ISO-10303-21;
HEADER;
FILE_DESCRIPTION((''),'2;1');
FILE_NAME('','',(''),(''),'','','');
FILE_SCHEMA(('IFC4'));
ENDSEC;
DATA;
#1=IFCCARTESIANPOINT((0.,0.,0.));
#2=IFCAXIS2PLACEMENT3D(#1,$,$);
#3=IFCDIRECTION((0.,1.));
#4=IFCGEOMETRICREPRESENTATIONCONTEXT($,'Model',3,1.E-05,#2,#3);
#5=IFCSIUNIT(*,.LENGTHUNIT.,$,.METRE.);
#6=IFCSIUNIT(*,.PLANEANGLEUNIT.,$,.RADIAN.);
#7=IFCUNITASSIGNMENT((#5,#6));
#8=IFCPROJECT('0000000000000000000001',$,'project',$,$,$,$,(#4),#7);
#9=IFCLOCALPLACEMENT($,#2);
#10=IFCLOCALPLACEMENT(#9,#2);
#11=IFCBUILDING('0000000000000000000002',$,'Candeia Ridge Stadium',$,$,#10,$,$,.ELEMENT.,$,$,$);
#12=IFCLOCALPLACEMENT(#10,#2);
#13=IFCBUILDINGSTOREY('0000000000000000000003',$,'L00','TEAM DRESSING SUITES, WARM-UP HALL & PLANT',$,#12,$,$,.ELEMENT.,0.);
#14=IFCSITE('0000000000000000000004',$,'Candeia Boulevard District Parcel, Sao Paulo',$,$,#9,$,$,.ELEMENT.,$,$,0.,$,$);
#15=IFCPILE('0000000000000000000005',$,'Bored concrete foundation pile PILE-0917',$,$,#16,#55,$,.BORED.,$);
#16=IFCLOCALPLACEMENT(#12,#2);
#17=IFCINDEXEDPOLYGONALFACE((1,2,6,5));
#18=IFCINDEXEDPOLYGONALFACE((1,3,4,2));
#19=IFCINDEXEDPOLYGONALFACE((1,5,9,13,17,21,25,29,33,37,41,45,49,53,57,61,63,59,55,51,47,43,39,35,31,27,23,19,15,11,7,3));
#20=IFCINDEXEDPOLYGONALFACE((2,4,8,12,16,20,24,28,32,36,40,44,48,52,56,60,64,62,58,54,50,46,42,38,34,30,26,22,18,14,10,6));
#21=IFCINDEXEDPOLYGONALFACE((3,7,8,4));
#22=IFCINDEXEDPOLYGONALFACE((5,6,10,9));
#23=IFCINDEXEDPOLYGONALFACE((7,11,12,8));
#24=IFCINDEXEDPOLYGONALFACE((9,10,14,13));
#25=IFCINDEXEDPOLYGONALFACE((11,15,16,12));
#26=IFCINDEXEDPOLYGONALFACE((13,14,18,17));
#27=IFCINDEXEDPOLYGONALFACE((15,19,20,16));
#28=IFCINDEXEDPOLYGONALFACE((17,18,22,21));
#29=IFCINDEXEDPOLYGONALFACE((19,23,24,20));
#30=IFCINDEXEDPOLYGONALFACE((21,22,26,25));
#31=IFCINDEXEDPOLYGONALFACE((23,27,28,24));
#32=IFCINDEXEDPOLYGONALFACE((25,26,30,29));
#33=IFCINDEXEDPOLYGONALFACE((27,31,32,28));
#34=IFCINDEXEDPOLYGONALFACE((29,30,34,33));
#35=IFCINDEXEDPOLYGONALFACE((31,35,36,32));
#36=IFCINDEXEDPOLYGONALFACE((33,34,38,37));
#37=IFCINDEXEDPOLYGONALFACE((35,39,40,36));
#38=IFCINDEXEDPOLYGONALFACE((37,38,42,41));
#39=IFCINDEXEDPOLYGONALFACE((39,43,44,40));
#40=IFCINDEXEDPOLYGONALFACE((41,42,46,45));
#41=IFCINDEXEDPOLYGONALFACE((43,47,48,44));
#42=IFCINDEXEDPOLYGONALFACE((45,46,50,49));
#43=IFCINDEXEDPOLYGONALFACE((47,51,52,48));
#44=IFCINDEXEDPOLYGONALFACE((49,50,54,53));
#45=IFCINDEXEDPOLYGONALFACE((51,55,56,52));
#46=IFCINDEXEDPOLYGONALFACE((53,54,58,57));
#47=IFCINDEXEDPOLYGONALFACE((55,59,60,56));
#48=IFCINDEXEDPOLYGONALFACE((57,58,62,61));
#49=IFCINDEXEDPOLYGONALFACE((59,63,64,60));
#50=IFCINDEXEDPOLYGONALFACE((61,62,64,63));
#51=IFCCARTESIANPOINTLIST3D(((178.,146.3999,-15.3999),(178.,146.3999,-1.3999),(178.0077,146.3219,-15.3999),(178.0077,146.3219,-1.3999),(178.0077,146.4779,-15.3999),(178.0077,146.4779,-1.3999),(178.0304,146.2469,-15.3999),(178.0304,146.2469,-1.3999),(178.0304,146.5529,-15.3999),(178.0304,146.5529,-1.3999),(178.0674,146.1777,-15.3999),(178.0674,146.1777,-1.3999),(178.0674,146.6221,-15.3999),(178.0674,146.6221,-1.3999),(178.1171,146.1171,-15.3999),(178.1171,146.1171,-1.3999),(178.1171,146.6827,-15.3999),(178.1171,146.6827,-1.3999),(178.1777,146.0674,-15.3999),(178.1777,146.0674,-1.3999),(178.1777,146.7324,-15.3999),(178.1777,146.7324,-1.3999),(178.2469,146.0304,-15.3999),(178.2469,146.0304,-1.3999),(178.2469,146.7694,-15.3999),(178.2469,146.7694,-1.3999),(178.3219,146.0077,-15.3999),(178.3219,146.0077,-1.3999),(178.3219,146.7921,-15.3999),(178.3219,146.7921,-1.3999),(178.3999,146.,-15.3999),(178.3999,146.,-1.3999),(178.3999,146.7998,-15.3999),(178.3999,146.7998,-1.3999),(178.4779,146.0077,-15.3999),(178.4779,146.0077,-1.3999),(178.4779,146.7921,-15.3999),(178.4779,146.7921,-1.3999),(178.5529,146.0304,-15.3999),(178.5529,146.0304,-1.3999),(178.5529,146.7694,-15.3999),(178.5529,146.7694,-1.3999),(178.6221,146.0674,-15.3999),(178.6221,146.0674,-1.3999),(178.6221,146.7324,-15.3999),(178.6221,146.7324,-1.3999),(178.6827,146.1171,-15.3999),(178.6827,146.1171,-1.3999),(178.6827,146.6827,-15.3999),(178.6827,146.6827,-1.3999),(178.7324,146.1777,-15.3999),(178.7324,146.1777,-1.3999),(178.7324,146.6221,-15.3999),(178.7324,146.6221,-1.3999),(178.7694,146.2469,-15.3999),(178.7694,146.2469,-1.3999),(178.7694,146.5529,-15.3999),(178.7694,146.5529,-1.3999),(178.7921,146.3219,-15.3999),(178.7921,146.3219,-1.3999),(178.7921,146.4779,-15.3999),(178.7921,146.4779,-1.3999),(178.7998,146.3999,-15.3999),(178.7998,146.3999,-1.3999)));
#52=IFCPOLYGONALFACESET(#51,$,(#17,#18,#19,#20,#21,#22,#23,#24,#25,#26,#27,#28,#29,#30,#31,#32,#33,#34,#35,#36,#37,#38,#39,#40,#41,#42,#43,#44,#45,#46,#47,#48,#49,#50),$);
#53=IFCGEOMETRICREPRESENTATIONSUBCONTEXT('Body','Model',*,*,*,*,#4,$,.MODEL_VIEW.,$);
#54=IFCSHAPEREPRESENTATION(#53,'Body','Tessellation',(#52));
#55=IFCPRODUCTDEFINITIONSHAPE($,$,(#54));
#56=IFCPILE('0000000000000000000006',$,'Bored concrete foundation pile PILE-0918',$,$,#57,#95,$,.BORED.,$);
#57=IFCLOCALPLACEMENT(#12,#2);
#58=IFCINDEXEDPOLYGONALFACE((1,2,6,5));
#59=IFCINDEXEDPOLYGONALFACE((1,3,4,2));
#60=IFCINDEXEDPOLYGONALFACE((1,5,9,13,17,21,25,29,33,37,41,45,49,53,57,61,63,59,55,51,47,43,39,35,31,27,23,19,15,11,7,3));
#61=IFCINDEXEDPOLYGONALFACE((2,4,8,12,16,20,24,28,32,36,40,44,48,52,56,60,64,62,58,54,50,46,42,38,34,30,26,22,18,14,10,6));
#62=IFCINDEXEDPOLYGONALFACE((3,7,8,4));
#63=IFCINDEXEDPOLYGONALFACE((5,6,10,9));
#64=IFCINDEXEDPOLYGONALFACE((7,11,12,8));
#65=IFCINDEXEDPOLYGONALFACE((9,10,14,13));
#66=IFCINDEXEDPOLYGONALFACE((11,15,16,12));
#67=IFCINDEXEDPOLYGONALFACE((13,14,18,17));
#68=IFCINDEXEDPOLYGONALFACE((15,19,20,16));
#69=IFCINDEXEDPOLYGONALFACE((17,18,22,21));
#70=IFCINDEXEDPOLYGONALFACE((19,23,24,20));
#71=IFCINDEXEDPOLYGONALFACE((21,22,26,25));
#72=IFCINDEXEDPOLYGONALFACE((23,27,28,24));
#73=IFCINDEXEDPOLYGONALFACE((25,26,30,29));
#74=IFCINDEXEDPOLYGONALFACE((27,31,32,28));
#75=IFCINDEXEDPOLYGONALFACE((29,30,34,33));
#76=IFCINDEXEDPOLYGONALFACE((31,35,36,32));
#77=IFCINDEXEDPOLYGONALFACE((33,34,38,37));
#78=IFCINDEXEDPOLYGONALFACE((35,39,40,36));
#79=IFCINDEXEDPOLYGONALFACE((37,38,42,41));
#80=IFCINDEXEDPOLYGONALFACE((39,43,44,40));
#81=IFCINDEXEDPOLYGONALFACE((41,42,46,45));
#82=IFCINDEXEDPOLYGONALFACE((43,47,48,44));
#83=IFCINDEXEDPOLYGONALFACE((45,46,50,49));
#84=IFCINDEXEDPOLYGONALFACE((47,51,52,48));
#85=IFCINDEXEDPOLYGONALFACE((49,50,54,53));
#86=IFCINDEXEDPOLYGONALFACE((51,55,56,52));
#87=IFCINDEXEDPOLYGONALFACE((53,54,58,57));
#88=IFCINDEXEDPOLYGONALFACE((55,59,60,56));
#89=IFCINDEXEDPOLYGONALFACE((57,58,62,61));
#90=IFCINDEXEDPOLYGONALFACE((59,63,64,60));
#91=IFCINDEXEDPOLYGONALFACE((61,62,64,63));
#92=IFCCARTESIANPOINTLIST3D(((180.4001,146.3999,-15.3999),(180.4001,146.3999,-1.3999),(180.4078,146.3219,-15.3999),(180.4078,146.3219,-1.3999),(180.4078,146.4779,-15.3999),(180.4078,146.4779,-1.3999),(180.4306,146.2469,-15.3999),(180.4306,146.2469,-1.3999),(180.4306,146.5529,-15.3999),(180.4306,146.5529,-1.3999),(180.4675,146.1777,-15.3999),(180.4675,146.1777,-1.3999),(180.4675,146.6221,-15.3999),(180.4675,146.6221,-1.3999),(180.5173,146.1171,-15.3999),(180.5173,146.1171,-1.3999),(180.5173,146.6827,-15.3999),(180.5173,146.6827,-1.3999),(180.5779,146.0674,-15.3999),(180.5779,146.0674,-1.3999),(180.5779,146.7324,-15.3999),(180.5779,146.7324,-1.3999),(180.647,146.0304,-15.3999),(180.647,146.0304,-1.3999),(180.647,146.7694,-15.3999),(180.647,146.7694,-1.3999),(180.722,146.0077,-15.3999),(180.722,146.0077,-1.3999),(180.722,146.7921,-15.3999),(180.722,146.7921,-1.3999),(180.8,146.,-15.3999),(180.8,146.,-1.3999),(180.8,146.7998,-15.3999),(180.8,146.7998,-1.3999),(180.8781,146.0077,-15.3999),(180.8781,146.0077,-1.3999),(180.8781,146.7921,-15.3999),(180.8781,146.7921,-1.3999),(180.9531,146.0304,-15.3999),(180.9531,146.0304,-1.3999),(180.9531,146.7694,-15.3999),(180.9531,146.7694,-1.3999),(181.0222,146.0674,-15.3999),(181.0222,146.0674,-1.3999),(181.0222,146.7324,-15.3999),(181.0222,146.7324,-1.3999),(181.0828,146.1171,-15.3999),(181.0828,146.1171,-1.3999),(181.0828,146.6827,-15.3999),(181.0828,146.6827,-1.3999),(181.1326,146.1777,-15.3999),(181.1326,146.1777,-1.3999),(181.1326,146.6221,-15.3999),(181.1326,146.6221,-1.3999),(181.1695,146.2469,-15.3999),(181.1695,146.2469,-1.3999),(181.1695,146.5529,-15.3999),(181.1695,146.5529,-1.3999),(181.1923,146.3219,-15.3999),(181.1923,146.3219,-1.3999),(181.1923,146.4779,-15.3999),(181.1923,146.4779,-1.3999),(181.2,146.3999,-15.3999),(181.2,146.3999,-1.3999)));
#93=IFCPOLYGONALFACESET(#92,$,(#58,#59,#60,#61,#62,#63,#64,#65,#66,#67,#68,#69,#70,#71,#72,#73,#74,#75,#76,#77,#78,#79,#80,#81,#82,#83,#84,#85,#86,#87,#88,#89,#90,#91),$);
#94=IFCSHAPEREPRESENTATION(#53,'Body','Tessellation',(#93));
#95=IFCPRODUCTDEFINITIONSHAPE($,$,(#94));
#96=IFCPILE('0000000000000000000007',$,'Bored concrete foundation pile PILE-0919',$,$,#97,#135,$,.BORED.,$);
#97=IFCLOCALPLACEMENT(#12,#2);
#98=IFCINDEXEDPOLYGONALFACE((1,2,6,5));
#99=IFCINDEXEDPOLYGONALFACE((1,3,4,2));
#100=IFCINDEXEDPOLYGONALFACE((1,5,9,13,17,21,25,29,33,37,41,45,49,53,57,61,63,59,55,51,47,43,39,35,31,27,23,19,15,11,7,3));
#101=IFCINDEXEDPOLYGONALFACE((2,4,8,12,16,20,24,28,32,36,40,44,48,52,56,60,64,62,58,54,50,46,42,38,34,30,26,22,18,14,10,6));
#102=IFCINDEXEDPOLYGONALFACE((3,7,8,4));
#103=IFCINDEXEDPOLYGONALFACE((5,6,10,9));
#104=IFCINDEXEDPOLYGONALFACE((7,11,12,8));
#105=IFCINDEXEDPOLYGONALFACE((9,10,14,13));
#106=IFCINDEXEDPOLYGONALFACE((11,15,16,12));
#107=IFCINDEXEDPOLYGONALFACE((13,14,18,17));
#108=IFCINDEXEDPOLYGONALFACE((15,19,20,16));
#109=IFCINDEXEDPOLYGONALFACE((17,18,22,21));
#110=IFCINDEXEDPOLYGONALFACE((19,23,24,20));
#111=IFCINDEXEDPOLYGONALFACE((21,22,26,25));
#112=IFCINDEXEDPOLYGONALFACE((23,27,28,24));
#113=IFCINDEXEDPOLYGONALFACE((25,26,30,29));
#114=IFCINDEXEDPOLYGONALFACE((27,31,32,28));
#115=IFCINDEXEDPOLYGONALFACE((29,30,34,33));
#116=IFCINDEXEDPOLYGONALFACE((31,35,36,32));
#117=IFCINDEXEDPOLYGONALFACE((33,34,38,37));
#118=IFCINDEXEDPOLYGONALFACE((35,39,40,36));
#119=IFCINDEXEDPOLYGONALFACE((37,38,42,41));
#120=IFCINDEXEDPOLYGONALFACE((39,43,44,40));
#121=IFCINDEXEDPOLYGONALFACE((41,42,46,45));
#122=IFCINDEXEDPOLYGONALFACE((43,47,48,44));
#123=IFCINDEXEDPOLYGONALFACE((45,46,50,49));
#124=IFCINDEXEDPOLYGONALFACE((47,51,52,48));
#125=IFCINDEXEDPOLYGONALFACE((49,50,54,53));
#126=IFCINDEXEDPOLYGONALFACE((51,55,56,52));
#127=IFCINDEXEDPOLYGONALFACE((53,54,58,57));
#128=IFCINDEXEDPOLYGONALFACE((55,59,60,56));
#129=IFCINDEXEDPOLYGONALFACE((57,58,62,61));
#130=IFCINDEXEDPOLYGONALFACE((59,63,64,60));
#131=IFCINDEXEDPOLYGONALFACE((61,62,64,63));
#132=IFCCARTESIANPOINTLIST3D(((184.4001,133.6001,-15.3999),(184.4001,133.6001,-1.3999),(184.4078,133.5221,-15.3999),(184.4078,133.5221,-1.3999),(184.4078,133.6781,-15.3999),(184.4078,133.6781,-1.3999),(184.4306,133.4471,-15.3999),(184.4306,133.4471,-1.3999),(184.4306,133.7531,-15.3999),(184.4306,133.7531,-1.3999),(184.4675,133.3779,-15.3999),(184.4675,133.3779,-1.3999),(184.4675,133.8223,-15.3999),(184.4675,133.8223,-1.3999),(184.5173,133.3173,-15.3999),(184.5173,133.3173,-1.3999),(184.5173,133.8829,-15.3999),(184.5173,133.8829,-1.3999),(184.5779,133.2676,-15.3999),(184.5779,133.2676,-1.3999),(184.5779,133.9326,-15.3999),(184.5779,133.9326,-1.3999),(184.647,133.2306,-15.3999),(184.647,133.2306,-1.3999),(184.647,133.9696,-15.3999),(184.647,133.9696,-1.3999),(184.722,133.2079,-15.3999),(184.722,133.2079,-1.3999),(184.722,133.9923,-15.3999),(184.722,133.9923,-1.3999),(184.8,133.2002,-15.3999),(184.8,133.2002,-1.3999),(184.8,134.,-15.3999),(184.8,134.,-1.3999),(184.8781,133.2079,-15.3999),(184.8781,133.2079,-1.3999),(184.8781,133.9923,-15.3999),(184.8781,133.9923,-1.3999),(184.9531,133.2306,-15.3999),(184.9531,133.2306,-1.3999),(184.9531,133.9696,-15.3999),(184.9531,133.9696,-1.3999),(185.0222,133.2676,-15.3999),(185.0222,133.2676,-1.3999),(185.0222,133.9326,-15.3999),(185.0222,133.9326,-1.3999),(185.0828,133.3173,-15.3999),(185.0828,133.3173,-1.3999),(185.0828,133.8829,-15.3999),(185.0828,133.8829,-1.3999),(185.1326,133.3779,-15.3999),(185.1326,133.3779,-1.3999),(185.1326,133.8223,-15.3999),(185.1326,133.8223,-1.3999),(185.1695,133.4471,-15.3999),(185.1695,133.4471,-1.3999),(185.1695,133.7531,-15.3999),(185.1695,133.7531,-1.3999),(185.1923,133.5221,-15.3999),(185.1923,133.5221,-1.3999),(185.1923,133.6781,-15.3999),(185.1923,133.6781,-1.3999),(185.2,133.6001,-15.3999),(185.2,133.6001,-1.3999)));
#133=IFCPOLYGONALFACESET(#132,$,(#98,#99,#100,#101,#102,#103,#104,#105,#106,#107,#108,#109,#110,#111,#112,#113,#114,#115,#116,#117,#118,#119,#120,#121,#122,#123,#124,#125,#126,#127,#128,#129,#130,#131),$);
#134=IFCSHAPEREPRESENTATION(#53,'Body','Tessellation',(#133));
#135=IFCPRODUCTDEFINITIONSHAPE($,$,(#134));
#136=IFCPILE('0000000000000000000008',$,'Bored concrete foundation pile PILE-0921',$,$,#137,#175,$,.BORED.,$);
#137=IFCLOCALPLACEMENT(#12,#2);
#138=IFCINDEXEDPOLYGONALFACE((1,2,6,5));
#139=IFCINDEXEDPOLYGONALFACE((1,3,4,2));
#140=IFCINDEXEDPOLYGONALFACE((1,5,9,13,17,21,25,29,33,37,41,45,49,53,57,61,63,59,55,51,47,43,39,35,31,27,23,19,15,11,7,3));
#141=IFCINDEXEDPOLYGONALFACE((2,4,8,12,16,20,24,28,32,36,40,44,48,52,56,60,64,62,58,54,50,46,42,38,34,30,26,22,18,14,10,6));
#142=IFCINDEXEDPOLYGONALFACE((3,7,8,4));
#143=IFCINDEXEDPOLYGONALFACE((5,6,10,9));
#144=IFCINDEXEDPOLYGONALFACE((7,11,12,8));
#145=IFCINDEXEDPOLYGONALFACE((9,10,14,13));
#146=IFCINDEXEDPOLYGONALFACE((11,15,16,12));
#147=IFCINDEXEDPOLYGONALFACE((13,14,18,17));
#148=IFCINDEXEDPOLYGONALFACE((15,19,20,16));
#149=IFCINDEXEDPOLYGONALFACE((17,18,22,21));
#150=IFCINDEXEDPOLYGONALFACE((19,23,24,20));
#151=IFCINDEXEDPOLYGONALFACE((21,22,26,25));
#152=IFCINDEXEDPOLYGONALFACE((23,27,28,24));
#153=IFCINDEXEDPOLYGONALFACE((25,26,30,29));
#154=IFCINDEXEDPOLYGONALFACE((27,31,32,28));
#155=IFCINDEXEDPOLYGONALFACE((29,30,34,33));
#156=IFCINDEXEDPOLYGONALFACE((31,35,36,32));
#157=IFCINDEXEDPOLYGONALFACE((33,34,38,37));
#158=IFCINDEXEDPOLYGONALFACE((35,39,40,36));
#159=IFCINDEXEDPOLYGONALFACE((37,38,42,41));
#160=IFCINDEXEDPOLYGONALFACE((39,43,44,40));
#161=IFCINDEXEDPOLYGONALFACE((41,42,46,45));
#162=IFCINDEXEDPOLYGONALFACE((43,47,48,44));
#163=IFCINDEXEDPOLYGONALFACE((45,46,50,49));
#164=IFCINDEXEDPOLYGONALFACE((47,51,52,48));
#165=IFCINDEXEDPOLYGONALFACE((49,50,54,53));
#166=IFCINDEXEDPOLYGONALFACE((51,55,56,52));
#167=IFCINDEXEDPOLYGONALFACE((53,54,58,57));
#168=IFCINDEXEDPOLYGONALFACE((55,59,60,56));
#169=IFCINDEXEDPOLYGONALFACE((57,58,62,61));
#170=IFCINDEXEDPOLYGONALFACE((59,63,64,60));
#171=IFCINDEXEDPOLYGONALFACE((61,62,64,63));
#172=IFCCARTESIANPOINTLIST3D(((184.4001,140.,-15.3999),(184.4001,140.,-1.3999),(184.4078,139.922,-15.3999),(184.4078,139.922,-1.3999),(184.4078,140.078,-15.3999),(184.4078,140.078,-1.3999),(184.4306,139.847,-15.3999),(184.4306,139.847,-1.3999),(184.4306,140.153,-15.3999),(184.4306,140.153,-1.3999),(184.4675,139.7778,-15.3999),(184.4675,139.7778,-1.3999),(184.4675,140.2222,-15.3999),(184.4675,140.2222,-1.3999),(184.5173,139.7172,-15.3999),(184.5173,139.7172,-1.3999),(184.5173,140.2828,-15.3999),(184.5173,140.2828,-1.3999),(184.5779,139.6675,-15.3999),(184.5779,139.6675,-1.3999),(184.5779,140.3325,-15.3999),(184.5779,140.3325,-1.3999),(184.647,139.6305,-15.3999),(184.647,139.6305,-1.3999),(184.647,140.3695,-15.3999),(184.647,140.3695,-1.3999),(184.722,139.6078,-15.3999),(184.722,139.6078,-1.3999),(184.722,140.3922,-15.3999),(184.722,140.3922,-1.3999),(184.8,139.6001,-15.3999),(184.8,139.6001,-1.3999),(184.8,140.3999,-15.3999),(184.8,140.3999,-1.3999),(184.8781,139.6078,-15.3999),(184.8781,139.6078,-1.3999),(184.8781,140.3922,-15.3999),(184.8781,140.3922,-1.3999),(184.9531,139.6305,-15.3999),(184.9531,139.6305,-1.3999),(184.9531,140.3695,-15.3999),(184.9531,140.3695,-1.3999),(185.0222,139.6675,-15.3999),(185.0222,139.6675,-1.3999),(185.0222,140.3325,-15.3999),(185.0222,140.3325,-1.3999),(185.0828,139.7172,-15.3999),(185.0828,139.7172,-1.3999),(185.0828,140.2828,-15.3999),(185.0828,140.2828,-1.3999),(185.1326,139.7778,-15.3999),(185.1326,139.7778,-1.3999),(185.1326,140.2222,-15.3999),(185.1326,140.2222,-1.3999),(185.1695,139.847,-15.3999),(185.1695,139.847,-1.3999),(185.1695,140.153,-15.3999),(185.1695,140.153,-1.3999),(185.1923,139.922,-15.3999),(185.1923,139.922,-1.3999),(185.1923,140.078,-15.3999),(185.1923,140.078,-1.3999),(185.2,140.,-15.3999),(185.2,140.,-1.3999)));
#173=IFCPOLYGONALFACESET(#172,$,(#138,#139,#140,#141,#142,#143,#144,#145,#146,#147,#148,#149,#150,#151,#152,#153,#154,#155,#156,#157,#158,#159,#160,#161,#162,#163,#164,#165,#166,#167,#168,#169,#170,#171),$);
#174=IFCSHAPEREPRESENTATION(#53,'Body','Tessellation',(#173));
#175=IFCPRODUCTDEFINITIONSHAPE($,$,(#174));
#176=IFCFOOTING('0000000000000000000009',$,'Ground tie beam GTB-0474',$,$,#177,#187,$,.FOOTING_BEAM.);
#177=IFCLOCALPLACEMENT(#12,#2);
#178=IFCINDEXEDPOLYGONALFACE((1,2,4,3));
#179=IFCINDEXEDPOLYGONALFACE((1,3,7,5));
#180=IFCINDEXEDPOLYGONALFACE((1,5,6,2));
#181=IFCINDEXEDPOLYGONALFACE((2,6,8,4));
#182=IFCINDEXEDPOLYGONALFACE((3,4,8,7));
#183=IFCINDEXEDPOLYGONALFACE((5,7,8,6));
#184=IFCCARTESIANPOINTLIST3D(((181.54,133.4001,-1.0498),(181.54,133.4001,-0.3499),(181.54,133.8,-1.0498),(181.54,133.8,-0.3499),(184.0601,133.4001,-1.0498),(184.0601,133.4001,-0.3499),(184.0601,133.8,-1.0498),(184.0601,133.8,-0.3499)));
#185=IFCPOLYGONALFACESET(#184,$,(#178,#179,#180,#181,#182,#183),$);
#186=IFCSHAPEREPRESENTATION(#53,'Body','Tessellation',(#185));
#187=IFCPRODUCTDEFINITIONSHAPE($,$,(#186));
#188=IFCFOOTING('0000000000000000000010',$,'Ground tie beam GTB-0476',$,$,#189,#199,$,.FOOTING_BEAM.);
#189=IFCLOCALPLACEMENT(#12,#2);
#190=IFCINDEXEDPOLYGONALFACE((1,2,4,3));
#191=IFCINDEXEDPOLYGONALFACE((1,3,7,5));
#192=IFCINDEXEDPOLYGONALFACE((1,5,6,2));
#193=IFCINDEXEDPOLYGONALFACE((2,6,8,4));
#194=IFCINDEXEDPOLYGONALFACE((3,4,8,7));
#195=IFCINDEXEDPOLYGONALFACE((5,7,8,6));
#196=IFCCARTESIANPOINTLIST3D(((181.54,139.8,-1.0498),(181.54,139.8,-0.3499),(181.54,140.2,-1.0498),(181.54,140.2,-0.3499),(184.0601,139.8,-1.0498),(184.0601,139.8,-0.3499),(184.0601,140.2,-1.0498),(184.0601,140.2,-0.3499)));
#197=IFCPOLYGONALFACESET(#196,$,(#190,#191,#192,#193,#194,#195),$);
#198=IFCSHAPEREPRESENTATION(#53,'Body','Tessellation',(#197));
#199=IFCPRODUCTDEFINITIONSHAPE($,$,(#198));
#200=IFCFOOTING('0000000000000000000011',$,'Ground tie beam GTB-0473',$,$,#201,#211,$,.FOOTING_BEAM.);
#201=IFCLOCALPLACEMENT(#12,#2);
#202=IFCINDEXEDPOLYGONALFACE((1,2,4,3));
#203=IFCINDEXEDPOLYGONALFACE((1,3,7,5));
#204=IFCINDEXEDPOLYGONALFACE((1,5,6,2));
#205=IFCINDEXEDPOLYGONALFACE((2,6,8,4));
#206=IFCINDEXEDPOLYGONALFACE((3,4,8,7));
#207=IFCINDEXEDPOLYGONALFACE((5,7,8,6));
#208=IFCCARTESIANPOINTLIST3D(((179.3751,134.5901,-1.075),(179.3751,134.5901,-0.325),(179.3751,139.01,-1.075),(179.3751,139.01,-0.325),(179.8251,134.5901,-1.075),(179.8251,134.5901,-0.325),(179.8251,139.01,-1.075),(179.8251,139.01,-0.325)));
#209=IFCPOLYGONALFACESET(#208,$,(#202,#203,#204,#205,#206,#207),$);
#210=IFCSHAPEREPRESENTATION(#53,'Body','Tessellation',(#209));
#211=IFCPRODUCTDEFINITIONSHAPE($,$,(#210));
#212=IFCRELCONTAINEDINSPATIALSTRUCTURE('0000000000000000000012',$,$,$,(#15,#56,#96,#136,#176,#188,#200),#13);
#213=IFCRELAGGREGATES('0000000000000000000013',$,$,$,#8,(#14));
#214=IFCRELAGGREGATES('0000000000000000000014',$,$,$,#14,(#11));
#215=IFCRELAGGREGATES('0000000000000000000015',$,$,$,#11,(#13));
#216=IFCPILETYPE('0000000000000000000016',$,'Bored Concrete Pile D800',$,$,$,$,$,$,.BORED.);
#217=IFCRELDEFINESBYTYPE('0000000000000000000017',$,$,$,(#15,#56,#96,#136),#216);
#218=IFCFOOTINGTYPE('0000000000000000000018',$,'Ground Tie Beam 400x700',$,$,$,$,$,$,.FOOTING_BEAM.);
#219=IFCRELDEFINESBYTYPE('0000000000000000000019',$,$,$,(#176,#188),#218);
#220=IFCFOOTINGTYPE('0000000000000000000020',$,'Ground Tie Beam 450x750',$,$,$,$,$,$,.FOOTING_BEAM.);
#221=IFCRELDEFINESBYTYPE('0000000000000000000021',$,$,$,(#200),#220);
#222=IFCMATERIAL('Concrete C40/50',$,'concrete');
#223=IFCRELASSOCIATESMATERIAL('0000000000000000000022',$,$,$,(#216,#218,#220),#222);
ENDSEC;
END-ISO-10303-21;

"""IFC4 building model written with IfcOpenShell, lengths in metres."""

from ifc_helpers import new_model, si_unit, direction, frame, origin, origin_2d, place, context, subcontext, project, spatial, rectangle, circle, extrude, material, material_profile, profile_set, type_object, element, save


model = new_model("IFC4")

# Units and contexts
model_context = context("Model", 3, precision=1e-05, world=origin(), true_north=direction((0.0, 1.0)))
body_context = subcontext(model_context, "Body", "Model", "MODEL_VIEW")
ifc_project = project(units=[si_unit("LENGTHUNIT", "METRE"), si_unit("PLANEANGLEUNIT", "RADIAN")], contexts=[model_context])

# Site, building, storey
site_placement = place(None, origin())
site = spatial("IfcSite", under=ifc_project, at=site_placement, Name="Candeia Boulevard District Parcel, Sao Paulo", CompositionType="ELEMENT", RefElevation=0.0)
building_placement = place(site_placement, origin())
building = spatial("IfcBuilding", under=site, at=building_placement, Name="Candeia Ridge Stadium", CompositionType="ELEMENT")
storey_placement = place(building_placement, origin())
storey = spatial("IfcBuildingStorey", under=building, at=storey_placement, Name="L00", Description="TEAM DRESSING SUITES, WARM-UP HALL & PLANT", CompositionType="ELEMENT", Elevation=0.0)

# Piles
ifc_material_1 = material(Name="Concrete C40/50", Category="concrete")
ifc_material_profile_1 = material_profile(ifc_material_1, circle(Radius=0.3999, at=origin_2d()), Name="PILE-D800", Category="concrete")
ifc_profile_set_1 = profile_set([ifc_material_profile_1], Name="Concrete C40/50")
pile_type_1 = type_object("IfcPileType", Name="Bored Concrete Pile D800", PredefinedType="BORED", material=ifc_profile_set_1)
for number, where, z_axis, x_axis, name in (
    (1, (178.3999, 146.3999, -1.3999), (0.0, 0.0, -1.0), (1.0, 0.0, 0.0), "Bored concrete foundation pile PILE-0917"),
    (2, (180.8, 146.3999, -1.3999), (0.0, 0.0, -1.0), (1.0, 0.0, 0.0), "Bored concrete foundation pile PILE-0918"),
    (3, (184.8, 133.6001, -1.3999), (0.0, 0.0, -1.0), (1.0, 0.0, 0.0), "Bored concrete foundation pile PILE-0919"),
    (4, (184.8, 140.0, -1.3999), (0.0, 0.0, -1.0), (1.0, 0.0, 0.0), "Bored concrete foundation pile PILE-0921"),
):
    element("IfcPile", number, at=place(storey_placement, frame(where, z_axis=z_axis, x_axis=x_axis)), inside=storey, type_object=pile_type_1, Name=name, PredefinedType="BORED", context=body_context, shape_type="SweptSolid", body=[
        extrude(circle(Radius=0.3999, at=origin_2d()), origin(), (0.0, 0.0, 1.0), 14.0),
    ])

# Footings
footing_type_1 = type_object("IfcFootingType", Name="Ground Tie Beam 400x700", PredefinedType="FOOTING_BEAM", material=ifc_material_1)
for number, where, z_axis, x_axis, name in (
    (5, (182.8, 133.6001, -1.0498), (0.0, 0.0, 1.0), (1.0, 0.0, 0.0), "Ground tie beam GTB-0474"),
    (6, (182.8, 140.0, -1.0498), (0.0, 0.0, 1.0), (1.0, 0.0, 0.0), "Ground tie beam GTB-0476"),
):
    element("IfcFooting", number, at=place(storey_placement, frame(where, z_axis=z_axis, x_axis=x_axis)), inside=storey, type_object=footing_type_1, Name=name, PredefinedType="FOOTING_BEAM", context=body_context, shape_type="SweptSolid", body=[
        extrude(rectangle(XDim=2.52, YDim=0.3999, at=origin_2d()), origin(), (0.0, 0.0, 1.0), 0.7),
    ])
footing_type_2 = type_object("IfcFootingType", Name="Ground Tie Beam 450x750", PredefinedType="FOOTING_BEAM", material=ifc_material_1)
for number, where, z_axis, x_axis, name in (
    (7, (179.6001, 136.8, -1.075), (0.0, 0.0, 1.0), (0.0, 1.0, 0.0), "Ground tie beam GTB-0473"),
):
    element("IfcFooting", number, at=place(storey_placement, frame(where, z_axis=z_axis, x_axis=x_axis)), inside=storey, type_object=footing_type_2, Name=name, PredefinedType="FOOTING_BEAM", context=body_context, shape_type="SweptSolid", body=[
        extrude(rectangle(XDim=4.4199, YDim=0.45, at=origin_2d()), origin(), (0.0, 0.0, 1.0), 0.75),
    ])

save(model, "model.ifc")
